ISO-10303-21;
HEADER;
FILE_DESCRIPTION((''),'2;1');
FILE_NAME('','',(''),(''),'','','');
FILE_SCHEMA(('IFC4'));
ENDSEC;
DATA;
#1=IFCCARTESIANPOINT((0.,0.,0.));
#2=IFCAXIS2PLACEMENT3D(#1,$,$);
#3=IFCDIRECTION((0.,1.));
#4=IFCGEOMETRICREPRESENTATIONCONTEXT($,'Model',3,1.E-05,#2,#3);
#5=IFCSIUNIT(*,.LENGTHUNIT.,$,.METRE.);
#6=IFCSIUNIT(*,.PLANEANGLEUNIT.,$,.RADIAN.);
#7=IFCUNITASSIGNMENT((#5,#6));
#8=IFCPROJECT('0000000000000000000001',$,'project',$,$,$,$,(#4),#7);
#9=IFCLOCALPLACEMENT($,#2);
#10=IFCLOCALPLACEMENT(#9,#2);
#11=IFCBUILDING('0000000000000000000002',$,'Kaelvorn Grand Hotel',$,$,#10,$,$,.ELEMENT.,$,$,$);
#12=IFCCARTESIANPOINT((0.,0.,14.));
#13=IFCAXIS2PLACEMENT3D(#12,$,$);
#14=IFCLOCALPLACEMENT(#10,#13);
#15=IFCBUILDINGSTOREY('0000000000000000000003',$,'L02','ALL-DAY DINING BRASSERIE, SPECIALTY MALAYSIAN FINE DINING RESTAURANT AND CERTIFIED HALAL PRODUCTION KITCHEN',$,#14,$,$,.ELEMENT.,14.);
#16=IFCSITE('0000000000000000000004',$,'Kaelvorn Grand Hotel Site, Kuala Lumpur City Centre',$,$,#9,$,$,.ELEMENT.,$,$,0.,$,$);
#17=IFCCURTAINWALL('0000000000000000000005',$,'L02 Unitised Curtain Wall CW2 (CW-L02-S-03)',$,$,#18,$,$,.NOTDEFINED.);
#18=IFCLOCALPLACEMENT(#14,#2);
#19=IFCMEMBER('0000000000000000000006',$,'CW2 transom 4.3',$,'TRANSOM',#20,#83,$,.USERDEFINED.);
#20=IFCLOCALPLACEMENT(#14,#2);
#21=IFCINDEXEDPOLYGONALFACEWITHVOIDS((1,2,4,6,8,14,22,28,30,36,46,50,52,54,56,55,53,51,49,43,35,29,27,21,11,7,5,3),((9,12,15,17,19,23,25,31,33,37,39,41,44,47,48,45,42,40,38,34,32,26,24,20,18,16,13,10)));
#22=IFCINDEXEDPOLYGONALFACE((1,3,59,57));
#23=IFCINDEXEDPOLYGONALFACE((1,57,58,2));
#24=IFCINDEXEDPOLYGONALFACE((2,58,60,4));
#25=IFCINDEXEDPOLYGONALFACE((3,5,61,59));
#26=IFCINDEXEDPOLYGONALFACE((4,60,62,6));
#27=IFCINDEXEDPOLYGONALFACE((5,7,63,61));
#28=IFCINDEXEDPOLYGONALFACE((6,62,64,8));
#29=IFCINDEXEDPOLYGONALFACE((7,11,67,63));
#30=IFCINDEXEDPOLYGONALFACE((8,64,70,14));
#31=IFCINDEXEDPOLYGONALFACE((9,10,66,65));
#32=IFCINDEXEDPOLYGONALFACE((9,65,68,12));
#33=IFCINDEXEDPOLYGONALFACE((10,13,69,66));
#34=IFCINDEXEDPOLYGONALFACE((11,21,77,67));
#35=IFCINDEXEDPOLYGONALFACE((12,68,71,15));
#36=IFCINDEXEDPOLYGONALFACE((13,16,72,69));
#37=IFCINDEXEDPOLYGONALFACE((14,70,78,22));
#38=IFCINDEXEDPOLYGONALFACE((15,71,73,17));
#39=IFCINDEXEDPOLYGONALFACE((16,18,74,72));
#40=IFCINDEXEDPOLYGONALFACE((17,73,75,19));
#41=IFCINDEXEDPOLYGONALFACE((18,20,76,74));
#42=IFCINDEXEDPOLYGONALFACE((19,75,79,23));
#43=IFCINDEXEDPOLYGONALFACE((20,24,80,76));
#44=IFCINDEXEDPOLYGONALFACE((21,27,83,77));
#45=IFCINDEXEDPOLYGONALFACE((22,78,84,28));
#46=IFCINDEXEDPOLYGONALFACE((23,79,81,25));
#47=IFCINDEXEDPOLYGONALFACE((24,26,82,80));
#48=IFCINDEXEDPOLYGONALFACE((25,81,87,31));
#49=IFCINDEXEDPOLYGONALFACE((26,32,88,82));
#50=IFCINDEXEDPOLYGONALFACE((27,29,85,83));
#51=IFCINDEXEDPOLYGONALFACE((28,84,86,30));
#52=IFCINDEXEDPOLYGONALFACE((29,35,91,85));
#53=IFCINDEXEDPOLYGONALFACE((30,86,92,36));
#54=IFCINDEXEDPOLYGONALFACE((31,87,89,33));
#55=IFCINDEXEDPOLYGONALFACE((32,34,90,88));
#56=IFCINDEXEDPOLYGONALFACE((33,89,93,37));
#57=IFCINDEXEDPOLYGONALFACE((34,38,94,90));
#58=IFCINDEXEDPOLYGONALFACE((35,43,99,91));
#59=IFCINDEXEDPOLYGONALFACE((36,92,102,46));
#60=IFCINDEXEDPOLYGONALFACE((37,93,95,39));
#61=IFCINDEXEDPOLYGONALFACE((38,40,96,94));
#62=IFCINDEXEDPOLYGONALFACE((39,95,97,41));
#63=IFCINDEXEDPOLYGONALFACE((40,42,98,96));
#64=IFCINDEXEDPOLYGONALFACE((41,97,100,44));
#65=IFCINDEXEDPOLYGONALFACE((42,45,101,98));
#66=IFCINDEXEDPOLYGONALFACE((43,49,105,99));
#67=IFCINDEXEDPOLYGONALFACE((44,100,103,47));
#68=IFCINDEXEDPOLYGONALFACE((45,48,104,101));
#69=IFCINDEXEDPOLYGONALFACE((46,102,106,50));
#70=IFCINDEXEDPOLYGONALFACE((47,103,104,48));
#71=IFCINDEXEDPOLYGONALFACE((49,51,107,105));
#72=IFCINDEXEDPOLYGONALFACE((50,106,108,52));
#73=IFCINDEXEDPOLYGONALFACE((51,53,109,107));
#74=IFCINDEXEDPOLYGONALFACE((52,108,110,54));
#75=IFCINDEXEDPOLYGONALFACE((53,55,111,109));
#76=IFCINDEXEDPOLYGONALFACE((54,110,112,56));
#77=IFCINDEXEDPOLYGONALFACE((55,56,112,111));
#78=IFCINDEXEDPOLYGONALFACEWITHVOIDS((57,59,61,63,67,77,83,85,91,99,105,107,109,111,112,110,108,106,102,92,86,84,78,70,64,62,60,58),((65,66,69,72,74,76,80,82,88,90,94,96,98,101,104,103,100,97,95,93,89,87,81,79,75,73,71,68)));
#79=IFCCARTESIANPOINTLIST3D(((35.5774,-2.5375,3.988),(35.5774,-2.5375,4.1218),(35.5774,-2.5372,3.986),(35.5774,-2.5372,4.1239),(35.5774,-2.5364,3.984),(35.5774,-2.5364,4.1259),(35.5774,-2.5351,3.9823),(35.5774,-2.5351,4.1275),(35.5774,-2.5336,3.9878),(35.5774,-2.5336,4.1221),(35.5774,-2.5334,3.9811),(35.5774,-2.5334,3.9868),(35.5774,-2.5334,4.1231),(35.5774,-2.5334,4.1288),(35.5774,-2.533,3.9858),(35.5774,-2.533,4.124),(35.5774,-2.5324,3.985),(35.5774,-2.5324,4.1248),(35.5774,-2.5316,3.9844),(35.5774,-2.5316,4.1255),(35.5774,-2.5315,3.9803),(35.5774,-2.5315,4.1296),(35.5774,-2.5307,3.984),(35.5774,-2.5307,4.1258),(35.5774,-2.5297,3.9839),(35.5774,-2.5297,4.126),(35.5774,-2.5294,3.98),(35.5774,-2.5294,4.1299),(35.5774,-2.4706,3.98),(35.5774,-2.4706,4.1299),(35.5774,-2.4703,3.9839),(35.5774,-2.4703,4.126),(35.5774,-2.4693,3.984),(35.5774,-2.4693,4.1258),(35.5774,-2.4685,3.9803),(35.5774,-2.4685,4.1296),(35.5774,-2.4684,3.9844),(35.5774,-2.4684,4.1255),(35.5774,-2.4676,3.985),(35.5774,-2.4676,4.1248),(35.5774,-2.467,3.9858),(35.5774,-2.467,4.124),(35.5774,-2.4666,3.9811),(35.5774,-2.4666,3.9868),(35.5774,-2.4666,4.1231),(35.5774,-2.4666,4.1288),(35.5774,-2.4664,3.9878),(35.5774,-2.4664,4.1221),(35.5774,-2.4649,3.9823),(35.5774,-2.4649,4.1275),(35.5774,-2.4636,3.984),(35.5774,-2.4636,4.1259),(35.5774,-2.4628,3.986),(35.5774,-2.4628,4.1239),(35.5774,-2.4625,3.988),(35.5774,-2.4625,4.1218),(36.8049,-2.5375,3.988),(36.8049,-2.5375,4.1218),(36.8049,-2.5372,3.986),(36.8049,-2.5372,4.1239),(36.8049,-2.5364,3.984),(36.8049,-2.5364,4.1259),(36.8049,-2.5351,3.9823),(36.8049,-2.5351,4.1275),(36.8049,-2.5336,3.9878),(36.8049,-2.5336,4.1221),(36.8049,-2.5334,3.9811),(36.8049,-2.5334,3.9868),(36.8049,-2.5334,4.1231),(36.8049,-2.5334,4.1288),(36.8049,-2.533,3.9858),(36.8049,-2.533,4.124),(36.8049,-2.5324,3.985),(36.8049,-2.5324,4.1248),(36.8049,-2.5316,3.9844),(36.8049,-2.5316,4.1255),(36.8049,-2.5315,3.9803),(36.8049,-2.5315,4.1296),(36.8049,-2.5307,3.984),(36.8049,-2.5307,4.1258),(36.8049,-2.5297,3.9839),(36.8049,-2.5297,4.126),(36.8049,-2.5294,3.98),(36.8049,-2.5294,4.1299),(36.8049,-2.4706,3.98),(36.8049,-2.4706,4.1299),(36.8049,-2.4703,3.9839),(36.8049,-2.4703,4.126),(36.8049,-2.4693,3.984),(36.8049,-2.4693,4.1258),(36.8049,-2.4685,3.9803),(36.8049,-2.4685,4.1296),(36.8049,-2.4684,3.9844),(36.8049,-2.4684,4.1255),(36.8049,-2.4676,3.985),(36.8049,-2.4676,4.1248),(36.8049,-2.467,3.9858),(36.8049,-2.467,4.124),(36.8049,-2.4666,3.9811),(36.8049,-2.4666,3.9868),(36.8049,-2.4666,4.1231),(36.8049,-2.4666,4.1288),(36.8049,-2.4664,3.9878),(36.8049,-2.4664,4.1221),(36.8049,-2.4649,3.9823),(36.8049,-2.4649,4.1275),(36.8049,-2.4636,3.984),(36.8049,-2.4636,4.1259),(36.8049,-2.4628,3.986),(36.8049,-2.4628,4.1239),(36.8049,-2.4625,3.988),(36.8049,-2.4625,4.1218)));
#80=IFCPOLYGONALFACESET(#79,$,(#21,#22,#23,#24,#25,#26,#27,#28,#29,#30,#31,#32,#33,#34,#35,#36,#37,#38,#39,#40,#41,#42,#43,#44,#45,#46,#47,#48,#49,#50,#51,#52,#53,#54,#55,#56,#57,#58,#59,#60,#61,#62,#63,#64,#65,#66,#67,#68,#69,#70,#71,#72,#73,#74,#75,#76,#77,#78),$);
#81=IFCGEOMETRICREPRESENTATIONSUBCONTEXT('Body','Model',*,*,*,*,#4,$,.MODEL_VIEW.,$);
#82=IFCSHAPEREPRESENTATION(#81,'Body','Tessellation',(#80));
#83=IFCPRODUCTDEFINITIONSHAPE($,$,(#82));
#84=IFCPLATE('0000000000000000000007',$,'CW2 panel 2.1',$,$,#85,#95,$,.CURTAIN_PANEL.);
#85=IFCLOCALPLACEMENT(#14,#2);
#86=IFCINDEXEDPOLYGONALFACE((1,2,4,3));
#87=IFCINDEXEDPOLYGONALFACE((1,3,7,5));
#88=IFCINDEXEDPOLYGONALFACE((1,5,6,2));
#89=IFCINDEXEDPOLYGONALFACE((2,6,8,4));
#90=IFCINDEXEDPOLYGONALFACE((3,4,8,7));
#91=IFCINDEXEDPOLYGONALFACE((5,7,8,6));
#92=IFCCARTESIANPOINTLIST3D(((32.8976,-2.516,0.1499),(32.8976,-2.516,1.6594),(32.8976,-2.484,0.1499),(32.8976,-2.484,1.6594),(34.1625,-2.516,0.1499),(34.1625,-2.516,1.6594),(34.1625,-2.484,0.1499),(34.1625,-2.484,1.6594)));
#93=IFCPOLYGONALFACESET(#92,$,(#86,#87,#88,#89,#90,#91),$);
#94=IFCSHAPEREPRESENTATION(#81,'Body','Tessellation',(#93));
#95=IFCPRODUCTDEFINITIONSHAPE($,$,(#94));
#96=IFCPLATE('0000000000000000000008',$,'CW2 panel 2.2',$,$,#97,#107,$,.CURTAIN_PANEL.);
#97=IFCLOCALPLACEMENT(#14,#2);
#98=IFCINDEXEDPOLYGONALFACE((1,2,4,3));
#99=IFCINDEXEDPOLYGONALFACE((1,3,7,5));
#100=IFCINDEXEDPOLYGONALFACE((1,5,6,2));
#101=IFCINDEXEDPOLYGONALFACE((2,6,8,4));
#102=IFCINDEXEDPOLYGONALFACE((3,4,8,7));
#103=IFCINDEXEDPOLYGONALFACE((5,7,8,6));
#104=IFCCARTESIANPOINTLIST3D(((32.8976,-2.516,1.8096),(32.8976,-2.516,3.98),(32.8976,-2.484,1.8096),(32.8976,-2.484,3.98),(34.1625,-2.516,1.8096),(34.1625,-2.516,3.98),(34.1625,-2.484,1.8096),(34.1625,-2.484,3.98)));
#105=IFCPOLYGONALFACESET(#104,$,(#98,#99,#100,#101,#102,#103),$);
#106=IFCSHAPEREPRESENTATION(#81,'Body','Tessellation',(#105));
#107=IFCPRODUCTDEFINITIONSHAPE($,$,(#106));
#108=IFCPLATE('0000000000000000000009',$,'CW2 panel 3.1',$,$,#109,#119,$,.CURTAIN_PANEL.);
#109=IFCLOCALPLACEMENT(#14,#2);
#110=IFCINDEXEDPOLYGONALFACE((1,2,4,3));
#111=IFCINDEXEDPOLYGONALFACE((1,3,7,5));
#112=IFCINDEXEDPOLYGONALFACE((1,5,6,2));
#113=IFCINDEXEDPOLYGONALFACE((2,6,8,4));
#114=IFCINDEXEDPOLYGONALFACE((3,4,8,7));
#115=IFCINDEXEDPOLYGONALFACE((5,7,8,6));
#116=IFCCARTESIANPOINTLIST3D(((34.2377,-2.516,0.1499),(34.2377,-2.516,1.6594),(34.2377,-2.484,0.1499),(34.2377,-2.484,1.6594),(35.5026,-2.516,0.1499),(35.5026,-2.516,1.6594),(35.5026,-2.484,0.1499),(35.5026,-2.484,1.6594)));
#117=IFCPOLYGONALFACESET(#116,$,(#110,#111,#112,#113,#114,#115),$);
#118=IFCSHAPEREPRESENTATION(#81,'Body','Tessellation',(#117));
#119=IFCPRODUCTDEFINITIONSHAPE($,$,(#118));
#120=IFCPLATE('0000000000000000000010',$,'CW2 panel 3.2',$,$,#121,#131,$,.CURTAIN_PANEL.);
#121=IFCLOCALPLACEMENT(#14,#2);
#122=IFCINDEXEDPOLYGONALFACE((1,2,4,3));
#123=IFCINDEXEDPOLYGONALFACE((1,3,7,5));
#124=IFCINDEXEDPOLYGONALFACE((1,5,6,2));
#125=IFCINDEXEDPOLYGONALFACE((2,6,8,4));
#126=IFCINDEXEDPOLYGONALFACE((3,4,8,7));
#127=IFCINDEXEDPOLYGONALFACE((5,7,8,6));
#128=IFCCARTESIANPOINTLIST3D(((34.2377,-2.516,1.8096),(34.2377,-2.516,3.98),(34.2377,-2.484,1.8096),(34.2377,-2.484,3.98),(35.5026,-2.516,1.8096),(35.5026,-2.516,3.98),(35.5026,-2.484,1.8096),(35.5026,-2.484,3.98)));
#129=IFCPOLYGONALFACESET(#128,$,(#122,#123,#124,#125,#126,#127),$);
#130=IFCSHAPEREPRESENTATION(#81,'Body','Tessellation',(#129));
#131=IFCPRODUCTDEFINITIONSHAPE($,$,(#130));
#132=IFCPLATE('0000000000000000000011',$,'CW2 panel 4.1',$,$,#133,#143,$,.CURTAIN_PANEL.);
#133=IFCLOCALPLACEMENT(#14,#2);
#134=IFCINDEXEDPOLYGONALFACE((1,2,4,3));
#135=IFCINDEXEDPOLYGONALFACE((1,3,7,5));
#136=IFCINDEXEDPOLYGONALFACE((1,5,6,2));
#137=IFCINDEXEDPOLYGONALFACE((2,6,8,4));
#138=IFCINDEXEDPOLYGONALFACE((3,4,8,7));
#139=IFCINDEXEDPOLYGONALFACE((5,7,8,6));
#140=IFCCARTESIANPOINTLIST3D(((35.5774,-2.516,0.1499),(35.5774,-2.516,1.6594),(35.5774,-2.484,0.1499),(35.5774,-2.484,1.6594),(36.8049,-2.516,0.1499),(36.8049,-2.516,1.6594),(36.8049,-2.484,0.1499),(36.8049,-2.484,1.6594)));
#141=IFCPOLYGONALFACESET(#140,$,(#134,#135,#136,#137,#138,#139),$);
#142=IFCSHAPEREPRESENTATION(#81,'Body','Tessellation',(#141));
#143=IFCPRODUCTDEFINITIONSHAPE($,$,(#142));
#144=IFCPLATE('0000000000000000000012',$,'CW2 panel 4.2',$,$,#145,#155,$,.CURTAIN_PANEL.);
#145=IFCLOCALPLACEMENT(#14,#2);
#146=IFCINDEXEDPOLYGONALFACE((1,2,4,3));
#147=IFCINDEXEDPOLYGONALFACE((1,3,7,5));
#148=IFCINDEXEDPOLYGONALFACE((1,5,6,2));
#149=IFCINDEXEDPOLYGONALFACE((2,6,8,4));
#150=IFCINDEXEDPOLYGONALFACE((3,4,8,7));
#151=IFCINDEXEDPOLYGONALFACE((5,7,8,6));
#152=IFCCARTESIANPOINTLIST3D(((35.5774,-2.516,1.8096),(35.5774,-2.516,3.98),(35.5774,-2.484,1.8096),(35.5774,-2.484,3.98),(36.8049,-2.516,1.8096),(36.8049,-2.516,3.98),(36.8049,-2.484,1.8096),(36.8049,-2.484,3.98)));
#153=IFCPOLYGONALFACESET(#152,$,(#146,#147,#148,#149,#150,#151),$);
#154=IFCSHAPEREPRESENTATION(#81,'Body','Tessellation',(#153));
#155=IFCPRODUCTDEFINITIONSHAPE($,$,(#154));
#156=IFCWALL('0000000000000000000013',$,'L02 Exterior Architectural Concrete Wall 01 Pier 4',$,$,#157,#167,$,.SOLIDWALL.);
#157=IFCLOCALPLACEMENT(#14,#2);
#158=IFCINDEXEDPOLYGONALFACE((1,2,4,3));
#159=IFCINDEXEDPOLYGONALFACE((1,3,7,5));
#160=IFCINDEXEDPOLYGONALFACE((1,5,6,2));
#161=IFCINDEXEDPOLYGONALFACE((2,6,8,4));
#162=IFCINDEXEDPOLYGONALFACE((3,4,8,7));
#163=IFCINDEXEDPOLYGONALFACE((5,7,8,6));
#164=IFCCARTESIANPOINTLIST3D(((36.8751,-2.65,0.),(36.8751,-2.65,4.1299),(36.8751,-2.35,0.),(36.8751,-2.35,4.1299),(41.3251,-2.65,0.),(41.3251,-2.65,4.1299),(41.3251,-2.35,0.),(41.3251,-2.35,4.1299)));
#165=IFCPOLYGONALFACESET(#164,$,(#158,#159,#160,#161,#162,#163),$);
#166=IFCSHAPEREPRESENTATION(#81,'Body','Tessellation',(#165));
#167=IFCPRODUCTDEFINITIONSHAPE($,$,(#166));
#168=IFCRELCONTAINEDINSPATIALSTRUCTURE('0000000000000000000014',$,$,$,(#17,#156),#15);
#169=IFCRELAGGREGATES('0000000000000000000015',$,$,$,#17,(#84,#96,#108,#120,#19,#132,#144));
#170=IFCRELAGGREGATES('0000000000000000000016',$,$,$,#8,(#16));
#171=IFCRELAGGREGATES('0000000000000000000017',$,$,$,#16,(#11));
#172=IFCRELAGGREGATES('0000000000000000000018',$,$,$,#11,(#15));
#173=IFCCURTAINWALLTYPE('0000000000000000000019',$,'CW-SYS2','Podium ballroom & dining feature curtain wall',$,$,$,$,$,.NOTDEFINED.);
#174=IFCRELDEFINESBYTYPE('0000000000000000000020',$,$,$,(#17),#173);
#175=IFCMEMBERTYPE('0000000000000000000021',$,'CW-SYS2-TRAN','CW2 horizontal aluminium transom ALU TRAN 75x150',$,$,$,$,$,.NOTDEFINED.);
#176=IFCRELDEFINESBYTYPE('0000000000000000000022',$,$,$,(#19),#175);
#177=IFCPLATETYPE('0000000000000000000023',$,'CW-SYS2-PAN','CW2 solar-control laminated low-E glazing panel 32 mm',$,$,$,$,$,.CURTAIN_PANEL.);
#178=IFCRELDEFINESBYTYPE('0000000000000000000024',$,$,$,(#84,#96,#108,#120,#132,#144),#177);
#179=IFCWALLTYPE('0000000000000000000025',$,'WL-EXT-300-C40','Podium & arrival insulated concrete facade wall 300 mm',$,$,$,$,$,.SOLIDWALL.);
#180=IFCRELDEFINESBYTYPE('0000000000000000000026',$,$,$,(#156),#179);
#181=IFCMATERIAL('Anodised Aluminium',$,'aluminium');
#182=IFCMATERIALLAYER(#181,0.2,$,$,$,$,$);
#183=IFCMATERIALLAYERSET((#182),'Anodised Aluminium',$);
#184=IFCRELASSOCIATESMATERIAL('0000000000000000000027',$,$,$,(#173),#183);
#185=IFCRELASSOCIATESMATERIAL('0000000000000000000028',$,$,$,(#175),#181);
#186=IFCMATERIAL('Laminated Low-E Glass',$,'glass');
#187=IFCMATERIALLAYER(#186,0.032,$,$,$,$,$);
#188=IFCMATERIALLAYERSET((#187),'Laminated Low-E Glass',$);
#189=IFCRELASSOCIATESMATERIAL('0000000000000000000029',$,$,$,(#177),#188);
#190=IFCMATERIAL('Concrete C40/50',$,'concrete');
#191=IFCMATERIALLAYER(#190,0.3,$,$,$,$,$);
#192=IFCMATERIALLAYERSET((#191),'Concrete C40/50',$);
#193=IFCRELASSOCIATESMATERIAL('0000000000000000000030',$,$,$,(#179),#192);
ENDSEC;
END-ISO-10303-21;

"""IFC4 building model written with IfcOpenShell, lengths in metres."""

from ifc_helpers import new_model, si_unit, direction, frame, frame_2d, origin, origin_2d, place, context, subcontext, project, spatial, rectangle, hollow_rectangle, extrude, material, layer, layer_set, material_profile, profile_set, type_object, element, aggregate, save


model = new_model("IFC4")

# Units and contexts
model_context = context("Model", 3, precision=1e-05, world=origin(), true_north=direction((0.0, 1.0)))
body_context = subcontext(model_context, "Body", "Model", "MODEL_VIEW")
ifc_project = project(units=[si_unit("LENGTHUNIT", "METRE"), si_unit("PLANEANGLEUNIT", "RADIAN")], contexts=[model_context])

# Site, building, storey
site_placement = place(None, origin())
site = spatial("IfcSite", under=ifc_project, at=site_placement, Name="Kaelvorn Grand Hotel Site, Kuala Lumpur City Centre", CompositionType="ELEMENT", RefElevation=0.0)
building_placement = place(site_placement, origin())
building = spatial("IfcBuilding", under=site, at=building_placement, Name="Kaelvorn Grand Hotel", CompositionType="ELEMENT")
storey_placement = place(building_placement, frame((0.0, 0.0, 14.0)))
storey = spatial("IfcBuildingStorey", under=building, at=storey_placement, Name="L02", Description="ALL-DAY DINING BRASSERIE, SPECIALTY MALAYSIAN FINE DINING RESTAURANT AND CERTIFIED HALAL PRODUCTION KITCHEN", CompositionType="ELEMENT", Elevation=14.0)

# Curtain wall, member, plates
ifc_material_1 = material(Name="Anodised Aluminium", Category="aluminium")
ifc_layer_1 = layer(ifc_material_1, 0.2)
ifc_layer_set_1 = layer_set([ifc_layer_1], Name="Anodised Aluminium")
curtain_wall_type = type_object("IfcCurtainWallType", Name="CW-SYS2", Description="Podium ballroom & dining feature curtain wall", PredefinedType="NOTDEFINED", material=ifc_layer_set_1)
curtain_wall_placement = place(storey_placement, origin())
curtain_wall = element("IfcCurtainWall", 1, at=curtain_wall_placement, inside=storey, type_object=curtain_wall_type, Name="L02 Unitised Curtain Wall CW2 (CW-L02-S-03)", PredefinedType="NOTDEFINED")
ifc_material_profile_1 = material_profile(ifc_material_1, hollow_rectangle(XDim=0.075, YDim=0.1499, WallThickness=0.0039, InnerFilletRadius=0.0039, OuterFilletRadius=0.0081, at=origin_2d()), Name="ALU TRAN 75x150")
ifc_profile_set_1 = profile_set([ifc_material_profile_1], Name="Anodised Aluminium")
member_type_1 = type_object("IfcMemberType", Name="CW-SYS2-TRAN", Description="CW2 horizontal aluminium transom ALU TRAN 75x150", PredefinedType="NOTDEFINED", material=ifc_profile_set_1)
member_1_placement = place(storey_placement, frame((35.5774, -2.5, 4.0549), z_axis=(1.0, 0.0, 0.0), x_axis=(0.0, 1.0, 0.0)))
member_1 = element("IfcMember", 2, at=member_1_placement, type_object=member_type_1, Name="CW2 transom 4.3", ObjectType="TRANSOM", PredefinedType="USERDEFINED", context=body_context, shape_type="SweptSolid", body=[
    extrude(hollow_rectangle(XDim=0.075, YDim=0.1499, WallThickness=0.0039, InnerFilletRadius=0.0039, OuterFilletRadius=0.0081, at=origin_2d()), origin(), (0.0, 0.0, 1.0), 1.2275),
])
ifc_material_2 = material(Name="Laminated Low-E Glass", Category="glass")
ifc_layer_2 = layer(ifc_material_2, 0.032)
ifc_layer_set_2 = layer_set([ifc_layer_2], Name="Laminated Low-E Glass")
plate_type = type_object("IfcPlateType", Name="CW-SYS2-PAN", Description="CW2 solar-control laminated low-E glazing panel 32 mm", PredefinedType="CURTAIN_PANEL", material=ifc_layer_set_2)
plate_1_placement = place(storey_placement, frame((33.53, -2.5, 0.1499), z_axis=(0.0, 0.0, 1.0), x_axis=(1.0, 0.0, 0.0)))
plate_1 = element("IfcPlate", 3, at=plate_1_placement, type_object=plate_type, Name="CW2 panel 2.1", PredefinedType="CURTAIN_PANEL", context=body_context, shape_type="SweptSolid", body=[
    extrude(rectangle(XDim=1.2649, YDim=0.032, at=origin_2d()), origin(), (0.0, 0.0, 1.0), 1.5095),
])
plate_2_placement = place(storey_placement, frame((33.53, -2.5, 1.8096), z_axis=(0.0, 0.0, 1.0), x_axis=(1.0, 0.0, 0.0)))
plate_2 = element("IfcPlate", 4, at=plate_2_placement, type_object=plate_type, Name="CW2 panel 2.2", PredefinedType="CURTAIN_PANEL", context=body_context, shape_type="SweptSolid", body=[
    extrude(rectangle(XDim=1.2649, YDim=0.032, at=origin_2d()), origin(), (0.0, 0.0, 1.0), 2.1704),
])
plate_3_placement = place(storey_placement, frame((34.8701, -2.5, 0.1499), z_axis=(0.0, 0.0, 1.0), x_axis=(1.0, 0.0, 0.0)))
plate_3 = element("IfcPlate", 5, at=plate_3_placement, type_object=plate_type, Name="CW2 panel 3.1", PredefinedType="CURTAIN_PANEL", context=body_context, shape_type="SweptSolid", body=[
    extrude(rectangle(XDim=1.2649, YDim=0.032, at=origin_2d()), origin(), (0.0, 0.0, 1.0), 1.5095),
])
plate_4_placement = place(storey_placement, frame((34.8701, -2.5, 1.8096), z_axis=(0.0, 0.0, 1.0), x_axis=(1.0, 0.0, 0.0)))
plate_4 = element("IfcPlate", 6, at=plate_4_placement, type_object=plate_type, Name="CW2 panel 3.2", PredefinedType="CURTAIN_PANEL", context=body_context, shape_type="SweptSolid", body=[
    extrude(rectangle(XDim=1.2649, YDim=0.032, at=origin_2d()), origin(), (0.0, 0.0, 1.0), 2.1704),
])
plate_5_placement = place(storey_placement, frame((36.1912, -2.5, 0.1499), z_axis=(0.0, 0.0, 1.0), x_axis=(1.0, 0.0, 0.0)))
plate_5 = element("IfcPlate", 7, at=plate_5_placement, type_object=plate_type, Name="CW2 panel 4.1", PredefinedType="CURTAIN_PANEL", context=body_context, shape_type="SweptSolid", body=[
    extrude(rectangle(XDim=1.2275, YDim=0.032, at=origin_2d()), origin(), (0.0, 0.0, 1.0), 1.5095),
])
plate_6_placement = place(storey_placement, frame((36.1912, -2.5, 1.8096), z_axis=(0.0, 0.0, 1.0), x_axis=(1.0, 0.0, 0.0)))
plate_6 = element("IfcPlate", 8, at=plate_6_placement, type_object=plate_type, Name="CW2 panel 4.2", PredefinedType="CURTAIN_PANEL", context=body_context, shape_type="SweptSolid", body=[
    extrude(rectangle(XDim=1.2275, YDim=0.032, at=origin_2d()), origin(), (0.0, 0.0, 1.0), 2.1704),
])
aggregate(curtain_wall, [plate_1, plate_2, plate_3, plate_4, member_1, plate_5, plate_6])

# Wall
ifc_material_3 = material(Name="Concrete C40/50", Category="concrete")
ifc_layer_3 = layer(ifc_material_3, 0.3)
ifc_layer_set_3 = layer_set([ifc_layer_3], Name="Concrete C40/50")
wall_type = type_object("IfcWallType", Name="WL-EXT-300-C40", Description="Podium & arrival insulated concrete facade wall 300 mm", PredefinedType="SOLIDWALL", material=ifc_layer_set_3)
wall_placement = place(storey_placement, frame((36.875, -2.5, 0.0), z_axis=(0.0, 0.0, 1.0), x_axis=(1.0, 0.0, 0.0)))
element("IfcWall", 9, at=wall_placement, inside=storey, type_object=wall_type, Name="L02 Exterior Architectural Concrete Wall 01 Pier 4", PredefinedType="SOLIDWALL", context=body_context, shape_type="SweptSolid", body=[
    extrude(rectangle(XDim=4.45, YDim=0.3, at=frame_2d((2.2251, 0.0))), origin(), (0.0, 0.0, 1.0), 4.1299),
])

save(model, "model.ifc")
